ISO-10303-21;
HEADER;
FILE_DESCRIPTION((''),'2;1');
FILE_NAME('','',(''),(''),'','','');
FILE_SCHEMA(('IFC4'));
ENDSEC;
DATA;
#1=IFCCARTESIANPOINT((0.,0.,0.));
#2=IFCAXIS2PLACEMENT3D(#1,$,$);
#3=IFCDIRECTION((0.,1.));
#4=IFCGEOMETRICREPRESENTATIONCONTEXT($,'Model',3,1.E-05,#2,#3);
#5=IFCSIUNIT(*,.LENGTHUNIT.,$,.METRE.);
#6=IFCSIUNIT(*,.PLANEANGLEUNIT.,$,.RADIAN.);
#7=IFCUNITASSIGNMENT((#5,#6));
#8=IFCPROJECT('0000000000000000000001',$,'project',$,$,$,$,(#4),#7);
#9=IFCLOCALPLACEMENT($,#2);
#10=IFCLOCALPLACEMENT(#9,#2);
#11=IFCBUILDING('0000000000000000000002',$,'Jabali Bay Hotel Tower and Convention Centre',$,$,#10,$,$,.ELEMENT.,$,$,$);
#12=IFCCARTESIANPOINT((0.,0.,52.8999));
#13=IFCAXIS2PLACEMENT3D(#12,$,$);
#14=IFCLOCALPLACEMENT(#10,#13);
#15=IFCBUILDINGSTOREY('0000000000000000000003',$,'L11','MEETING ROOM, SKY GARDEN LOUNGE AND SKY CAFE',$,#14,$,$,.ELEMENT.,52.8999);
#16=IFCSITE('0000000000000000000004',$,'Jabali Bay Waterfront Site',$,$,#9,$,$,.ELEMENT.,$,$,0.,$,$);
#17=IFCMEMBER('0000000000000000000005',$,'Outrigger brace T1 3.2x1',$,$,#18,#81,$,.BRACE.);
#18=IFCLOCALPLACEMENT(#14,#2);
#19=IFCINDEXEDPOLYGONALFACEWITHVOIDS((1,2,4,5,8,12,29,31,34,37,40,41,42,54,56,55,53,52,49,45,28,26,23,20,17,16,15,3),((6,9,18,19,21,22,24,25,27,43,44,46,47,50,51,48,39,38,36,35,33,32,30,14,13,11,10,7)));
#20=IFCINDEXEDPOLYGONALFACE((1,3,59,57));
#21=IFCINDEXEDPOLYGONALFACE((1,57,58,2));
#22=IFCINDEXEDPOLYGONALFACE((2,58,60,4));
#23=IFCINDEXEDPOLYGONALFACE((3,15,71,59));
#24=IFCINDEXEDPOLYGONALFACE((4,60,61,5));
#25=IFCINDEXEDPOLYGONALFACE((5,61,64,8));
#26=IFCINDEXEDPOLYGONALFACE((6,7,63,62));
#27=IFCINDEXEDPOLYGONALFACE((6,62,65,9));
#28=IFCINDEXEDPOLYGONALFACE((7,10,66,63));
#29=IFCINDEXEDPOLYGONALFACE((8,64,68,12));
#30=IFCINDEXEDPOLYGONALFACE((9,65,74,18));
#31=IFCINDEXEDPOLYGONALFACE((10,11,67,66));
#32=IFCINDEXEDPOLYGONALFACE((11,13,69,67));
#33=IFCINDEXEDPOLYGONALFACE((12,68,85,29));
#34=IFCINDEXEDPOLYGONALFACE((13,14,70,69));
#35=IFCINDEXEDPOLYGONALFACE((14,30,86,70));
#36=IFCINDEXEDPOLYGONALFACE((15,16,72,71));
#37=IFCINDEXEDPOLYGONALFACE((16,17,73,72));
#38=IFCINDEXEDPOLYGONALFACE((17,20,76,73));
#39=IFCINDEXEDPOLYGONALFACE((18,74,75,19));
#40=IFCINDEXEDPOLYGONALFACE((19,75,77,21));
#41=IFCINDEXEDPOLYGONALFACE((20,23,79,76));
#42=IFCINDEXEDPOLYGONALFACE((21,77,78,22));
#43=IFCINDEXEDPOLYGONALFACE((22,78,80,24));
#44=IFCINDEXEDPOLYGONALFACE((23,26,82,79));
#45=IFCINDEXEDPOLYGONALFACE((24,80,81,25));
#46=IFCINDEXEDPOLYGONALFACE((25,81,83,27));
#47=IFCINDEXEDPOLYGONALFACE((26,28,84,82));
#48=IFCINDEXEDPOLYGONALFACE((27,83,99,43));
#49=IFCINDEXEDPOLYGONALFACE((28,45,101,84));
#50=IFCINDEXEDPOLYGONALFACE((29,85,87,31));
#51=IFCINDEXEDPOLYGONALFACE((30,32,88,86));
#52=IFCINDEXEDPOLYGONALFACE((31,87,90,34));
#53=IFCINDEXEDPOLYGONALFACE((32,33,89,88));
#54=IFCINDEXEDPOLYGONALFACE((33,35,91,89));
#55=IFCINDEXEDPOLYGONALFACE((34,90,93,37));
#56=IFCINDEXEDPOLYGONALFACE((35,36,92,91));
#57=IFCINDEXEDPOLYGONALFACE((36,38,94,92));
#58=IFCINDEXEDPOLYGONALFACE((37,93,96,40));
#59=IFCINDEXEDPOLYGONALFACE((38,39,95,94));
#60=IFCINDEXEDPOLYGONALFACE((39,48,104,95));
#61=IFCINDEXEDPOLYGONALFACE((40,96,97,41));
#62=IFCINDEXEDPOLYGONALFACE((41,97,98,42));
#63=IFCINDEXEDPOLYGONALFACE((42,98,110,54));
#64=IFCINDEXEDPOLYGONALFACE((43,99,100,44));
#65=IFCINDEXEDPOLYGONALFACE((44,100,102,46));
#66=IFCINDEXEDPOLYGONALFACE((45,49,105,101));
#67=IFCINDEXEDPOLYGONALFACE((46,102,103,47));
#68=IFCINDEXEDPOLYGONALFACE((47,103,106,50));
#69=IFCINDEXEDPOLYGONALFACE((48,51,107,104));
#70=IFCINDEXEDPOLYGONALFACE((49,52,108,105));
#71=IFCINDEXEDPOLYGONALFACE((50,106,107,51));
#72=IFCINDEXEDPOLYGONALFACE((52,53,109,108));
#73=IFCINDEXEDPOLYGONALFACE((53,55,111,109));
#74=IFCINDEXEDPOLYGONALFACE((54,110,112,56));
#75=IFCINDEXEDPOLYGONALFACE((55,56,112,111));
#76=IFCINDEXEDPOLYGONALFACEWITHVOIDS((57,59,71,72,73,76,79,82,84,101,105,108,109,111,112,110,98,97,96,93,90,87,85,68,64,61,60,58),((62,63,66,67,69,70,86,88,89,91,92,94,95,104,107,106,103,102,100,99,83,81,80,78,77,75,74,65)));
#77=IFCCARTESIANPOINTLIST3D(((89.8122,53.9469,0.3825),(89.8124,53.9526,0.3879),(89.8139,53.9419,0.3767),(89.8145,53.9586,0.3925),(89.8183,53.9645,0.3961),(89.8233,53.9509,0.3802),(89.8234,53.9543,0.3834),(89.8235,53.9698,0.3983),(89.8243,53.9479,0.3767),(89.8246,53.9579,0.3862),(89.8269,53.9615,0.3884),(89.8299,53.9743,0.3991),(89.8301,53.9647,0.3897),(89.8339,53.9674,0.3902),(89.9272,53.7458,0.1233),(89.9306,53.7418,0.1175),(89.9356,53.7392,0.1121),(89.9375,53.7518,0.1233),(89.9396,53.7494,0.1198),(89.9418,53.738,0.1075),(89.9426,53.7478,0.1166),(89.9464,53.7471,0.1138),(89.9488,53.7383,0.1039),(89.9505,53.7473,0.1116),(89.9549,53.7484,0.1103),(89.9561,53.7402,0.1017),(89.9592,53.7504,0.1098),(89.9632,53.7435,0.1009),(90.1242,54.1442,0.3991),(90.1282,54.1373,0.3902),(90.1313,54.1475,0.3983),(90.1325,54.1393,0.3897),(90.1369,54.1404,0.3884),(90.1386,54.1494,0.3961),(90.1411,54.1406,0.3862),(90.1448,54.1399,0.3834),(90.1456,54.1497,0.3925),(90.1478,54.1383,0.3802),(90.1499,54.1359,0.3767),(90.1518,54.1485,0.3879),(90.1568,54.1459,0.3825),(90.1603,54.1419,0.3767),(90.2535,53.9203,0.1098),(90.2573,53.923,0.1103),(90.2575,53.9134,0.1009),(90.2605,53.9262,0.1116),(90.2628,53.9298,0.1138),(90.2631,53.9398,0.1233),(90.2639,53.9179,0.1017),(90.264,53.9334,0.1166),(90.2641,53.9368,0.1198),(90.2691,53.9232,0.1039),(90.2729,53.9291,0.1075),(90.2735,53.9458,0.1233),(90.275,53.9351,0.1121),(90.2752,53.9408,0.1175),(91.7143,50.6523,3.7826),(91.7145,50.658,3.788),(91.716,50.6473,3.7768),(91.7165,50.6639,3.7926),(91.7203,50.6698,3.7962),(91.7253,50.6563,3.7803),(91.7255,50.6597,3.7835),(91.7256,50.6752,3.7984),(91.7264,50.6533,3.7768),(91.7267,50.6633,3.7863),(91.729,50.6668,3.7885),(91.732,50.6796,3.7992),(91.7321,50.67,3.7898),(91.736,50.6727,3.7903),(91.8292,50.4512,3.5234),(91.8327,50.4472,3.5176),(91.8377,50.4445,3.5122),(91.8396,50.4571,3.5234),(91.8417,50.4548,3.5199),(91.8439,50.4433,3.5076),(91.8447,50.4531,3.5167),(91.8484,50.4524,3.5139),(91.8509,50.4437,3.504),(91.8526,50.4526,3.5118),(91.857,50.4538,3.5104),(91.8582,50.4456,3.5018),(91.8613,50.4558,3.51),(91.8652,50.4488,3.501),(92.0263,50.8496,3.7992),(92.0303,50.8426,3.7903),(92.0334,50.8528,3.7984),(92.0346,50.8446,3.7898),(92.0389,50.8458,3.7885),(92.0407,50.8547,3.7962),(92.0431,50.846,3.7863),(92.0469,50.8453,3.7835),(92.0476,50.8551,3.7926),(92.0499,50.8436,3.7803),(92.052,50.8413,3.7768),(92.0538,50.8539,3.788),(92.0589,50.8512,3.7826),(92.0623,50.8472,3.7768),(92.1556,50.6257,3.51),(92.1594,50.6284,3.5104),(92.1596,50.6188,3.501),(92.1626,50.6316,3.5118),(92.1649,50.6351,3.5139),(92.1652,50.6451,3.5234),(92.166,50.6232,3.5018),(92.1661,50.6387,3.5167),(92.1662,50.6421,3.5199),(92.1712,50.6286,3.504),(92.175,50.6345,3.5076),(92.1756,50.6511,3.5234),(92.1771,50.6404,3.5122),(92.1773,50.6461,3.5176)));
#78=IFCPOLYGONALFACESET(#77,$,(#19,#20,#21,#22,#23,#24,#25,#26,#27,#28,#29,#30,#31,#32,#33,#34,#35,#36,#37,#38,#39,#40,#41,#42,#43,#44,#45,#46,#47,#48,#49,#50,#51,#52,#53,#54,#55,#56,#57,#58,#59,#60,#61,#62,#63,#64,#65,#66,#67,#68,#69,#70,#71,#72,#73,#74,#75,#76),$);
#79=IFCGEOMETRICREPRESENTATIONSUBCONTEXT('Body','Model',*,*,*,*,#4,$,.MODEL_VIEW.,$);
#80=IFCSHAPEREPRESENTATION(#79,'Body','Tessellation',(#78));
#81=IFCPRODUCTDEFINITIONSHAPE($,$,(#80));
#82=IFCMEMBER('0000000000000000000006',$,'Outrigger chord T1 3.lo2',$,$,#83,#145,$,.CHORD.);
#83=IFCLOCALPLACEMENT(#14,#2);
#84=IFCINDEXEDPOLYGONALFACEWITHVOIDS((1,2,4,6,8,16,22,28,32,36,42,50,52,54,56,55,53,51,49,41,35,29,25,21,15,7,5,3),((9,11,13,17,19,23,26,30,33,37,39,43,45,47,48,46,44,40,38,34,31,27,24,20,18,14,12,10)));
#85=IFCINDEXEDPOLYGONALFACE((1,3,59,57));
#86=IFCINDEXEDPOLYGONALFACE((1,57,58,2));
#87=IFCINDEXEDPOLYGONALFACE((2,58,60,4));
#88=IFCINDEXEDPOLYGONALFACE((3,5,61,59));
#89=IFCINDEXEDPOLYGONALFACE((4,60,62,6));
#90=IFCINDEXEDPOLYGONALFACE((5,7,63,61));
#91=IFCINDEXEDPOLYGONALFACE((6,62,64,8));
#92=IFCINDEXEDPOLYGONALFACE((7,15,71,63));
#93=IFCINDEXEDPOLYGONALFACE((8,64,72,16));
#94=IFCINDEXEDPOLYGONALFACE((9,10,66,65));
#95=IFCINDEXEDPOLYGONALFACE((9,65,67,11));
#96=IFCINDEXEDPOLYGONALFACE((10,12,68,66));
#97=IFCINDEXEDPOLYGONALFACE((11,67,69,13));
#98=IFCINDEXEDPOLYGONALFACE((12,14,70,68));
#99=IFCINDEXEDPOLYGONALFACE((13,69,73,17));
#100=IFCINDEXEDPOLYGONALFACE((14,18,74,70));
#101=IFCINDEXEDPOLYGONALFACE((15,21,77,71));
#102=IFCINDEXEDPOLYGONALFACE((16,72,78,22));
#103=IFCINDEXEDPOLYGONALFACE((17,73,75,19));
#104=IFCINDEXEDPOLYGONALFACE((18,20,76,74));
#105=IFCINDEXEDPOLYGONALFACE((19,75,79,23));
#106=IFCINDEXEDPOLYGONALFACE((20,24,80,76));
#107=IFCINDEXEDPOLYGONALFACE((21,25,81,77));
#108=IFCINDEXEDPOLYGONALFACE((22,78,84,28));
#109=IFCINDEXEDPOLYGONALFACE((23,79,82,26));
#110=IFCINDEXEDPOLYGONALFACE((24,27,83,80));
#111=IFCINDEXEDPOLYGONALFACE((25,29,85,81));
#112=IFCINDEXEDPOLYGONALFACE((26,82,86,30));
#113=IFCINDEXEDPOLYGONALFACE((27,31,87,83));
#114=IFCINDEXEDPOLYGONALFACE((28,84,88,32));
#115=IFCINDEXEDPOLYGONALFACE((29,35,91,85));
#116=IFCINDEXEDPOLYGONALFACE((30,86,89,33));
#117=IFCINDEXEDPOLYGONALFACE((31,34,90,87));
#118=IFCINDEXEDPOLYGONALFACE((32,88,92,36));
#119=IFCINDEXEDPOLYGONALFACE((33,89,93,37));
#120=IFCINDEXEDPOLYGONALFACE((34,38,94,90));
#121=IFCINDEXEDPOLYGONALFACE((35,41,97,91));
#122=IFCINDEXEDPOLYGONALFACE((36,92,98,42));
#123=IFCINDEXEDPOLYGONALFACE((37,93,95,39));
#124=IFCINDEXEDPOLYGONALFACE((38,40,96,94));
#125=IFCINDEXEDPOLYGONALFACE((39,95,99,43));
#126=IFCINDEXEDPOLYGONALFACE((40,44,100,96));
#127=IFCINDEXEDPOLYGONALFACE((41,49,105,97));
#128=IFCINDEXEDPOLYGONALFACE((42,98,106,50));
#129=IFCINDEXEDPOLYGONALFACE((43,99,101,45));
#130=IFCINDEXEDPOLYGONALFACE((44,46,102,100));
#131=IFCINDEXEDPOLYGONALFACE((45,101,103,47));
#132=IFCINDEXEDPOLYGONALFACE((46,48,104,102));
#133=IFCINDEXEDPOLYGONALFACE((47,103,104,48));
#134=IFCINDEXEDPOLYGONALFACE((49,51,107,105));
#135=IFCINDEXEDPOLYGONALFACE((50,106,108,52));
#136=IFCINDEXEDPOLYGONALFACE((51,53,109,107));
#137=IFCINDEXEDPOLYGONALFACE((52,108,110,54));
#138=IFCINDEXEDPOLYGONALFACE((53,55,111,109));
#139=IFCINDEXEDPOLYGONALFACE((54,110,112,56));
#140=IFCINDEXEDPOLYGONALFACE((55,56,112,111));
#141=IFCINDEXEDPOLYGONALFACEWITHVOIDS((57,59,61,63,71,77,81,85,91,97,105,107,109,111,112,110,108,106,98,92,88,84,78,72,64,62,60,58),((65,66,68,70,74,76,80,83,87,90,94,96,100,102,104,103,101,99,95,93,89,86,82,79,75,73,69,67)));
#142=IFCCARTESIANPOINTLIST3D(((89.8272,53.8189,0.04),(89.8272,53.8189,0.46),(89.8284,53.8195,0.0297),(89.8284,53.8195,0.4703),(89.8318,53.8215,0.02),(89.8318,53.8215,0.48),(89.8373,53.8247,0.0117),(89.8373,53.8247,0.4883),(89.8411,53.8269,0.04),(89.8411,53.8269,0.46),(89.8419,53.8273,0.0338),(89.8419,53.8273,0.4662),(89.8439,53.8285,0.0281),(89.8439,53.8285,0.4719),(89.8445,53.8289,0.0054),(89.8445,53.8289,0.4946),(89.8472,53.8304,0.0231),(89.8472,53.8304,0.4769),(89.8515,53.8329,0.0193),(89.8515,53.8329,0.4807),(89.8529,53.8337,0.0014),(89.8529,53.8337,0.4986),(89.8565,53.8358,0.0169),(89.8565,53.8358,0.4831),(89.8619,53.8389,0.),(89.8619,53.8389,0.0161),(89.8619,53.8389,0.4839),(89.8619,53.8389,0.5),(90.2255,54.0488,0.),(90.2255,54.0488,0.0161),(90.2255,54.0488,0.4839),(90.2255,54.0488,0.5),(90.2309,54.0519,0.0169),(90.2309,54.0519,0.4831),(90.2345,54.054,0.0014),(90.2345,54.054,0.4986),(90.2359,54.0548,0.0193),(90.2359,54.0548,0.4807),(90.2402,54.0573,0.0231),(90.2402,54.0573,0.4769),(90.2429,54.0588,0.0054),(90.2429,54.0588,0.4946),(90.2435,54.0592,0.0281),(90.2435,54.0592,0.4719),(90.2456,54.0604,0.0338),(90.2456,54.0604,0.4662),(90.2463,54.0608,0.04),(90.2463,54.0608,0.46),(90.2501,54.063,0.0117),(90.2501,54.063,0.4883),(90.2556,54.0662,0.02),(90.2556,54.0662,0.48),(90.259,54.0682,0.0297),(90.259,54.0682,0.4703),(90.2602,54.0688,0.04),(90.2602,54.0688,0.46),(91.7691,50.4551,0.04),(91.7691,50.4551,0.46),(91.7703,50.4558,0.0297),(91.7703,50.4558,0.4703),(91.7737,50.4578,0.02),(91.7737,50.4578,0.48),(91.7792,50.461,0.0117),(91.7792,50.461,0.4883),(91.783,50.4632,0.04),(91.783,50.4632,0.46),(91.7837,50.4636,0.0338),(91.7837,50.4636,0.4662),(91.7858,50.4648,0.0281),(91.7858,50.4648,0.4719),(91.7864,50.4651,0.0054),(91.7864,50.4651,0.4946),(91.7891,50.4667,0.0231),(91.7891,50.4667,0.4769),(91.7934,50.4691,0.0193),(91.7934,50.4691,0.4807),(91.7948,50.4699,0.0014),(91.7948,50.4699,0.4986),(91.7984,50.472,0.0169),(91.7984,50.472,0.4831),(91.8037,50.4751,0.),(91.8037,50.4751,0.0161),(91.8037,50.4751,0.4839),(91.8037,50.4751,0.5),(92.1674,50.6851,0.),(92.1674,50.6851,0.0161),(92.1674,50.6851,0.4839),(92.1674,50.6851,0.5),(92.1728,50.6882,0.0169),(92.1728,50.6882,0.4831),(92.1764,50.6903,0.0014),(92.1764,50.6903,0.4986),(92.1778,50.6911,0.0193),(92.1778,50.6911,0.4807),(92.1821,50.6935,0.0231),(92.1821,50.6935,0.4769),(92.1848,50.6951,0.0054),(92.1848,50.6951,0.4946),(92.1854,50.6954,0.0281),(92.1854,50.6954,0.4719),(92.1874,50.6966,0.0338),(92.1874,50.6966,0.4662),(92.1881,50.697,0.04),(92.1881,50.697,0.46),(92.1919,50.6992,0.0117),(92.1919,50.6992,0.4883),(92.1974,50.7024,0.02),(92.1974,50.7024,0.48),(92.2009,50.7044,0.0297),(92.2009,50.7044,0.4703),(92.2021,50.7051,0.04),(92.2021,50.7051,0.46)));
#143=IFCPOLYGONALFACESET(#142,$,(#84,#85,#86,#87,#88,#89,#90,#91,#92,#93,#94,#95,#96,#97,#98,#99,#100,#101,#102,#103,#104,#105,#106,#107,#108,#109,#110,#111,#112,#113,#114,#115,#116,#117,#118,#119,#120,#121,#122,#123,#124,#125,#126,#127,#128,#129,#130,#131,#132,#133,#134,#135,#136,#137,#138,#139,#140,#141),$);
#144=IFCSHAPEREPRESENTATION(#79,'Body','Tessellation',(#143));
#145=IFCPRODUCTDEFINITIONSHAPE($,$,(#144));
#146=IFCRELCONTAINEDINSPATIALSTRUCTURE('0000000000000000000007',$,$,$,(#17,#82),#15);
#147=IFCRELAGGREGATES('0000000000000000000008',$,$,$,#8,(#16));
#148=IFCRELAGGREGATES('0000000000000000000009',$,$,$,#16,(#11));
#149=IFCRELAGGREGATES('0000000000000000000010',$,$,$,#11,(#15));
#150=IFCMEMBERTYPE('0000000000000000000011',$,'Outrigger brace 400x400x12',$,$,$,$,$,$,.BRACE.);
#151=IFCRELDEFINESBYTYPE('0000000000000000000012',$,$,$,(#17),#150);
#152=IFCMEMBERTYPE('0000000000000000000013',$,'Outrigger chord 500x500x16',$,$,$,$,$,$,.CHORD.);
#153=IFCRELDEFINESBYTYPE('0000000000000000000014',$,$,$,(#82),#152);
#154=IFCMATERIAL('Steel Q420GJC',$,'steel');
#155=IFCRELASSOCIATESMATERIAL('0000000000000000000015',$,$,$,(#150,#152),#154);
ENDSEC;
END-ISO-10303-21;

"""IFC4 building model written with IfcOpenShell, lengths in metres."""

from ifc_helpers import new_model, si_unit, direction, frame, origin, origin_2d, place, context, subcontext, project, spatial, hollow_rectangle, extrude, material, material_profile, profile_set, type_object, element, save


model = new_model("IFC4")

# Units and contexts
model_context = context("Model", 3, precision=1e-05, world=origin(), true_north=direction((0.0, 1.0)))
body_context = subcontext(model_context, "Body", "Model", "MODEL_VIEW")
ifc_project = project(units=[si_unit("LENGTHUNIT", "METRE"), si_unit("PLANEANGLEUNIT", "RADIAN")], contexts=[model_context])

# Site, building, storey
site_placement = place(None, origin())
site = spatial("IfcSite", under=ifc_project, at=site_placement, Name="Jabali Bay Waterfront Site", CompositionType="ELEMENT", RefElevation=0.0)
building_placement = place(site_placement, origin())
building = spatial("IfcBuilding", under=site, at=building_placement, Name="Jabali Bay Hotel Tower and Convention Centre", CompositionType="ELEMENT")
storey_placement = place(building_placement, frame((0.0, 0.0, 52.8999)))
storey = spatial("IfcBuildingStorey", under=building, at=storey_placement, Name="L11", Description="MEETING ROOM, SKY GARDEN LOUNGE AND SKY CAFE", CompositionType="ELEMENT", Elevation=52.8999)

# Shared definitions
ifc_material_1 = material(Name="Steel Q420GJC", Category="steel")

# Members
ifc_material_profile_1 = material_profile(ifc_material_1, hollow_rectangle(XDim=0.3999, YDim=0.3999, WallThickness=0.012, InnerFilletRadius=0.0181, OuterFilletRadius=0.03, at=origin_2d()), Name="Outrigger brace 400x400x12")
ifc_profile_set_1 = profile_set([ifc_material_profile_1], Name="Steel Q420GJC")
member_type_1 = type_object("IfcMemberType", Name="Outrigger brace 400x400x12", PredefinedType="BRACE", material=ifc_profile_set_1)
member_1_placement = place(storey_placement, frame((90.0437, 53.9438, 0.25), z_axis=(0.37279, -0.645719, 0.66639), x_axis=(0.866035, 0.499984, 0.0)))
element("IfcMember", 1, at=member_1_placement, inside=storey, type_object=member_type_1, Name="Outrigger brace T1 3.2x1", PredefinedType="BRACE", context=body_context, shape_type="SweptSolid", body=[
    extrude(hollow_rectangle(XDim=0.3999, YDim=0.3999, WallThickness=0.012, InnerFilletRadius=0.0181, OuterFilletRadius=0.03, at=origin_2d()), origin(), (0.0, 0.0, 1.0), 5.1023),
])
ifc_material_profile_2 = material_profile(ifc_material_1, hollow_rectangle(XDim=0.5, YDim=0.5, WallThickness=0.0161, InnerFilletRadius=0.0239, OuterFilletRadius=0.04, at=origin_2d()), Name="Outrigger chord 500x500x16")
ifc_profile_set_2 = profile_set([ifc_material_profile_2], Name="Steel Q420GJC")
member_type_2 = type_object("IfcMemberType", Name="Outrigger chord 500x500x16", PredefinedType="CHORD", material=ifc_profile_set_2)
member_2_placement = place(storey_placement, frame((90.0437, 53.9438, 0.25), z_axis=(0.499965, -0.866045, 0.0), x_axis=(0.866045, 0.499965, 0.0)))
element("IfcMember", 2, at=member_2_placement, inside=storey, type_object=member_type_2, Name="Outrigger chord T1 3.lo2", PredefinedType="CHORD", context=body_context, shape_type="SweptSolid", body=[
    extrude(hollow_rectangle(XDim=0.5, YDim=0.5, WallThickness=0.0161, InnerFilletRadius=0.0239, OuterFilletRadius=0.04, at=origin_2d()), origin(), (0.0, 0.0, 1.0), 3.884),
])

save(model, "model.ifc")
